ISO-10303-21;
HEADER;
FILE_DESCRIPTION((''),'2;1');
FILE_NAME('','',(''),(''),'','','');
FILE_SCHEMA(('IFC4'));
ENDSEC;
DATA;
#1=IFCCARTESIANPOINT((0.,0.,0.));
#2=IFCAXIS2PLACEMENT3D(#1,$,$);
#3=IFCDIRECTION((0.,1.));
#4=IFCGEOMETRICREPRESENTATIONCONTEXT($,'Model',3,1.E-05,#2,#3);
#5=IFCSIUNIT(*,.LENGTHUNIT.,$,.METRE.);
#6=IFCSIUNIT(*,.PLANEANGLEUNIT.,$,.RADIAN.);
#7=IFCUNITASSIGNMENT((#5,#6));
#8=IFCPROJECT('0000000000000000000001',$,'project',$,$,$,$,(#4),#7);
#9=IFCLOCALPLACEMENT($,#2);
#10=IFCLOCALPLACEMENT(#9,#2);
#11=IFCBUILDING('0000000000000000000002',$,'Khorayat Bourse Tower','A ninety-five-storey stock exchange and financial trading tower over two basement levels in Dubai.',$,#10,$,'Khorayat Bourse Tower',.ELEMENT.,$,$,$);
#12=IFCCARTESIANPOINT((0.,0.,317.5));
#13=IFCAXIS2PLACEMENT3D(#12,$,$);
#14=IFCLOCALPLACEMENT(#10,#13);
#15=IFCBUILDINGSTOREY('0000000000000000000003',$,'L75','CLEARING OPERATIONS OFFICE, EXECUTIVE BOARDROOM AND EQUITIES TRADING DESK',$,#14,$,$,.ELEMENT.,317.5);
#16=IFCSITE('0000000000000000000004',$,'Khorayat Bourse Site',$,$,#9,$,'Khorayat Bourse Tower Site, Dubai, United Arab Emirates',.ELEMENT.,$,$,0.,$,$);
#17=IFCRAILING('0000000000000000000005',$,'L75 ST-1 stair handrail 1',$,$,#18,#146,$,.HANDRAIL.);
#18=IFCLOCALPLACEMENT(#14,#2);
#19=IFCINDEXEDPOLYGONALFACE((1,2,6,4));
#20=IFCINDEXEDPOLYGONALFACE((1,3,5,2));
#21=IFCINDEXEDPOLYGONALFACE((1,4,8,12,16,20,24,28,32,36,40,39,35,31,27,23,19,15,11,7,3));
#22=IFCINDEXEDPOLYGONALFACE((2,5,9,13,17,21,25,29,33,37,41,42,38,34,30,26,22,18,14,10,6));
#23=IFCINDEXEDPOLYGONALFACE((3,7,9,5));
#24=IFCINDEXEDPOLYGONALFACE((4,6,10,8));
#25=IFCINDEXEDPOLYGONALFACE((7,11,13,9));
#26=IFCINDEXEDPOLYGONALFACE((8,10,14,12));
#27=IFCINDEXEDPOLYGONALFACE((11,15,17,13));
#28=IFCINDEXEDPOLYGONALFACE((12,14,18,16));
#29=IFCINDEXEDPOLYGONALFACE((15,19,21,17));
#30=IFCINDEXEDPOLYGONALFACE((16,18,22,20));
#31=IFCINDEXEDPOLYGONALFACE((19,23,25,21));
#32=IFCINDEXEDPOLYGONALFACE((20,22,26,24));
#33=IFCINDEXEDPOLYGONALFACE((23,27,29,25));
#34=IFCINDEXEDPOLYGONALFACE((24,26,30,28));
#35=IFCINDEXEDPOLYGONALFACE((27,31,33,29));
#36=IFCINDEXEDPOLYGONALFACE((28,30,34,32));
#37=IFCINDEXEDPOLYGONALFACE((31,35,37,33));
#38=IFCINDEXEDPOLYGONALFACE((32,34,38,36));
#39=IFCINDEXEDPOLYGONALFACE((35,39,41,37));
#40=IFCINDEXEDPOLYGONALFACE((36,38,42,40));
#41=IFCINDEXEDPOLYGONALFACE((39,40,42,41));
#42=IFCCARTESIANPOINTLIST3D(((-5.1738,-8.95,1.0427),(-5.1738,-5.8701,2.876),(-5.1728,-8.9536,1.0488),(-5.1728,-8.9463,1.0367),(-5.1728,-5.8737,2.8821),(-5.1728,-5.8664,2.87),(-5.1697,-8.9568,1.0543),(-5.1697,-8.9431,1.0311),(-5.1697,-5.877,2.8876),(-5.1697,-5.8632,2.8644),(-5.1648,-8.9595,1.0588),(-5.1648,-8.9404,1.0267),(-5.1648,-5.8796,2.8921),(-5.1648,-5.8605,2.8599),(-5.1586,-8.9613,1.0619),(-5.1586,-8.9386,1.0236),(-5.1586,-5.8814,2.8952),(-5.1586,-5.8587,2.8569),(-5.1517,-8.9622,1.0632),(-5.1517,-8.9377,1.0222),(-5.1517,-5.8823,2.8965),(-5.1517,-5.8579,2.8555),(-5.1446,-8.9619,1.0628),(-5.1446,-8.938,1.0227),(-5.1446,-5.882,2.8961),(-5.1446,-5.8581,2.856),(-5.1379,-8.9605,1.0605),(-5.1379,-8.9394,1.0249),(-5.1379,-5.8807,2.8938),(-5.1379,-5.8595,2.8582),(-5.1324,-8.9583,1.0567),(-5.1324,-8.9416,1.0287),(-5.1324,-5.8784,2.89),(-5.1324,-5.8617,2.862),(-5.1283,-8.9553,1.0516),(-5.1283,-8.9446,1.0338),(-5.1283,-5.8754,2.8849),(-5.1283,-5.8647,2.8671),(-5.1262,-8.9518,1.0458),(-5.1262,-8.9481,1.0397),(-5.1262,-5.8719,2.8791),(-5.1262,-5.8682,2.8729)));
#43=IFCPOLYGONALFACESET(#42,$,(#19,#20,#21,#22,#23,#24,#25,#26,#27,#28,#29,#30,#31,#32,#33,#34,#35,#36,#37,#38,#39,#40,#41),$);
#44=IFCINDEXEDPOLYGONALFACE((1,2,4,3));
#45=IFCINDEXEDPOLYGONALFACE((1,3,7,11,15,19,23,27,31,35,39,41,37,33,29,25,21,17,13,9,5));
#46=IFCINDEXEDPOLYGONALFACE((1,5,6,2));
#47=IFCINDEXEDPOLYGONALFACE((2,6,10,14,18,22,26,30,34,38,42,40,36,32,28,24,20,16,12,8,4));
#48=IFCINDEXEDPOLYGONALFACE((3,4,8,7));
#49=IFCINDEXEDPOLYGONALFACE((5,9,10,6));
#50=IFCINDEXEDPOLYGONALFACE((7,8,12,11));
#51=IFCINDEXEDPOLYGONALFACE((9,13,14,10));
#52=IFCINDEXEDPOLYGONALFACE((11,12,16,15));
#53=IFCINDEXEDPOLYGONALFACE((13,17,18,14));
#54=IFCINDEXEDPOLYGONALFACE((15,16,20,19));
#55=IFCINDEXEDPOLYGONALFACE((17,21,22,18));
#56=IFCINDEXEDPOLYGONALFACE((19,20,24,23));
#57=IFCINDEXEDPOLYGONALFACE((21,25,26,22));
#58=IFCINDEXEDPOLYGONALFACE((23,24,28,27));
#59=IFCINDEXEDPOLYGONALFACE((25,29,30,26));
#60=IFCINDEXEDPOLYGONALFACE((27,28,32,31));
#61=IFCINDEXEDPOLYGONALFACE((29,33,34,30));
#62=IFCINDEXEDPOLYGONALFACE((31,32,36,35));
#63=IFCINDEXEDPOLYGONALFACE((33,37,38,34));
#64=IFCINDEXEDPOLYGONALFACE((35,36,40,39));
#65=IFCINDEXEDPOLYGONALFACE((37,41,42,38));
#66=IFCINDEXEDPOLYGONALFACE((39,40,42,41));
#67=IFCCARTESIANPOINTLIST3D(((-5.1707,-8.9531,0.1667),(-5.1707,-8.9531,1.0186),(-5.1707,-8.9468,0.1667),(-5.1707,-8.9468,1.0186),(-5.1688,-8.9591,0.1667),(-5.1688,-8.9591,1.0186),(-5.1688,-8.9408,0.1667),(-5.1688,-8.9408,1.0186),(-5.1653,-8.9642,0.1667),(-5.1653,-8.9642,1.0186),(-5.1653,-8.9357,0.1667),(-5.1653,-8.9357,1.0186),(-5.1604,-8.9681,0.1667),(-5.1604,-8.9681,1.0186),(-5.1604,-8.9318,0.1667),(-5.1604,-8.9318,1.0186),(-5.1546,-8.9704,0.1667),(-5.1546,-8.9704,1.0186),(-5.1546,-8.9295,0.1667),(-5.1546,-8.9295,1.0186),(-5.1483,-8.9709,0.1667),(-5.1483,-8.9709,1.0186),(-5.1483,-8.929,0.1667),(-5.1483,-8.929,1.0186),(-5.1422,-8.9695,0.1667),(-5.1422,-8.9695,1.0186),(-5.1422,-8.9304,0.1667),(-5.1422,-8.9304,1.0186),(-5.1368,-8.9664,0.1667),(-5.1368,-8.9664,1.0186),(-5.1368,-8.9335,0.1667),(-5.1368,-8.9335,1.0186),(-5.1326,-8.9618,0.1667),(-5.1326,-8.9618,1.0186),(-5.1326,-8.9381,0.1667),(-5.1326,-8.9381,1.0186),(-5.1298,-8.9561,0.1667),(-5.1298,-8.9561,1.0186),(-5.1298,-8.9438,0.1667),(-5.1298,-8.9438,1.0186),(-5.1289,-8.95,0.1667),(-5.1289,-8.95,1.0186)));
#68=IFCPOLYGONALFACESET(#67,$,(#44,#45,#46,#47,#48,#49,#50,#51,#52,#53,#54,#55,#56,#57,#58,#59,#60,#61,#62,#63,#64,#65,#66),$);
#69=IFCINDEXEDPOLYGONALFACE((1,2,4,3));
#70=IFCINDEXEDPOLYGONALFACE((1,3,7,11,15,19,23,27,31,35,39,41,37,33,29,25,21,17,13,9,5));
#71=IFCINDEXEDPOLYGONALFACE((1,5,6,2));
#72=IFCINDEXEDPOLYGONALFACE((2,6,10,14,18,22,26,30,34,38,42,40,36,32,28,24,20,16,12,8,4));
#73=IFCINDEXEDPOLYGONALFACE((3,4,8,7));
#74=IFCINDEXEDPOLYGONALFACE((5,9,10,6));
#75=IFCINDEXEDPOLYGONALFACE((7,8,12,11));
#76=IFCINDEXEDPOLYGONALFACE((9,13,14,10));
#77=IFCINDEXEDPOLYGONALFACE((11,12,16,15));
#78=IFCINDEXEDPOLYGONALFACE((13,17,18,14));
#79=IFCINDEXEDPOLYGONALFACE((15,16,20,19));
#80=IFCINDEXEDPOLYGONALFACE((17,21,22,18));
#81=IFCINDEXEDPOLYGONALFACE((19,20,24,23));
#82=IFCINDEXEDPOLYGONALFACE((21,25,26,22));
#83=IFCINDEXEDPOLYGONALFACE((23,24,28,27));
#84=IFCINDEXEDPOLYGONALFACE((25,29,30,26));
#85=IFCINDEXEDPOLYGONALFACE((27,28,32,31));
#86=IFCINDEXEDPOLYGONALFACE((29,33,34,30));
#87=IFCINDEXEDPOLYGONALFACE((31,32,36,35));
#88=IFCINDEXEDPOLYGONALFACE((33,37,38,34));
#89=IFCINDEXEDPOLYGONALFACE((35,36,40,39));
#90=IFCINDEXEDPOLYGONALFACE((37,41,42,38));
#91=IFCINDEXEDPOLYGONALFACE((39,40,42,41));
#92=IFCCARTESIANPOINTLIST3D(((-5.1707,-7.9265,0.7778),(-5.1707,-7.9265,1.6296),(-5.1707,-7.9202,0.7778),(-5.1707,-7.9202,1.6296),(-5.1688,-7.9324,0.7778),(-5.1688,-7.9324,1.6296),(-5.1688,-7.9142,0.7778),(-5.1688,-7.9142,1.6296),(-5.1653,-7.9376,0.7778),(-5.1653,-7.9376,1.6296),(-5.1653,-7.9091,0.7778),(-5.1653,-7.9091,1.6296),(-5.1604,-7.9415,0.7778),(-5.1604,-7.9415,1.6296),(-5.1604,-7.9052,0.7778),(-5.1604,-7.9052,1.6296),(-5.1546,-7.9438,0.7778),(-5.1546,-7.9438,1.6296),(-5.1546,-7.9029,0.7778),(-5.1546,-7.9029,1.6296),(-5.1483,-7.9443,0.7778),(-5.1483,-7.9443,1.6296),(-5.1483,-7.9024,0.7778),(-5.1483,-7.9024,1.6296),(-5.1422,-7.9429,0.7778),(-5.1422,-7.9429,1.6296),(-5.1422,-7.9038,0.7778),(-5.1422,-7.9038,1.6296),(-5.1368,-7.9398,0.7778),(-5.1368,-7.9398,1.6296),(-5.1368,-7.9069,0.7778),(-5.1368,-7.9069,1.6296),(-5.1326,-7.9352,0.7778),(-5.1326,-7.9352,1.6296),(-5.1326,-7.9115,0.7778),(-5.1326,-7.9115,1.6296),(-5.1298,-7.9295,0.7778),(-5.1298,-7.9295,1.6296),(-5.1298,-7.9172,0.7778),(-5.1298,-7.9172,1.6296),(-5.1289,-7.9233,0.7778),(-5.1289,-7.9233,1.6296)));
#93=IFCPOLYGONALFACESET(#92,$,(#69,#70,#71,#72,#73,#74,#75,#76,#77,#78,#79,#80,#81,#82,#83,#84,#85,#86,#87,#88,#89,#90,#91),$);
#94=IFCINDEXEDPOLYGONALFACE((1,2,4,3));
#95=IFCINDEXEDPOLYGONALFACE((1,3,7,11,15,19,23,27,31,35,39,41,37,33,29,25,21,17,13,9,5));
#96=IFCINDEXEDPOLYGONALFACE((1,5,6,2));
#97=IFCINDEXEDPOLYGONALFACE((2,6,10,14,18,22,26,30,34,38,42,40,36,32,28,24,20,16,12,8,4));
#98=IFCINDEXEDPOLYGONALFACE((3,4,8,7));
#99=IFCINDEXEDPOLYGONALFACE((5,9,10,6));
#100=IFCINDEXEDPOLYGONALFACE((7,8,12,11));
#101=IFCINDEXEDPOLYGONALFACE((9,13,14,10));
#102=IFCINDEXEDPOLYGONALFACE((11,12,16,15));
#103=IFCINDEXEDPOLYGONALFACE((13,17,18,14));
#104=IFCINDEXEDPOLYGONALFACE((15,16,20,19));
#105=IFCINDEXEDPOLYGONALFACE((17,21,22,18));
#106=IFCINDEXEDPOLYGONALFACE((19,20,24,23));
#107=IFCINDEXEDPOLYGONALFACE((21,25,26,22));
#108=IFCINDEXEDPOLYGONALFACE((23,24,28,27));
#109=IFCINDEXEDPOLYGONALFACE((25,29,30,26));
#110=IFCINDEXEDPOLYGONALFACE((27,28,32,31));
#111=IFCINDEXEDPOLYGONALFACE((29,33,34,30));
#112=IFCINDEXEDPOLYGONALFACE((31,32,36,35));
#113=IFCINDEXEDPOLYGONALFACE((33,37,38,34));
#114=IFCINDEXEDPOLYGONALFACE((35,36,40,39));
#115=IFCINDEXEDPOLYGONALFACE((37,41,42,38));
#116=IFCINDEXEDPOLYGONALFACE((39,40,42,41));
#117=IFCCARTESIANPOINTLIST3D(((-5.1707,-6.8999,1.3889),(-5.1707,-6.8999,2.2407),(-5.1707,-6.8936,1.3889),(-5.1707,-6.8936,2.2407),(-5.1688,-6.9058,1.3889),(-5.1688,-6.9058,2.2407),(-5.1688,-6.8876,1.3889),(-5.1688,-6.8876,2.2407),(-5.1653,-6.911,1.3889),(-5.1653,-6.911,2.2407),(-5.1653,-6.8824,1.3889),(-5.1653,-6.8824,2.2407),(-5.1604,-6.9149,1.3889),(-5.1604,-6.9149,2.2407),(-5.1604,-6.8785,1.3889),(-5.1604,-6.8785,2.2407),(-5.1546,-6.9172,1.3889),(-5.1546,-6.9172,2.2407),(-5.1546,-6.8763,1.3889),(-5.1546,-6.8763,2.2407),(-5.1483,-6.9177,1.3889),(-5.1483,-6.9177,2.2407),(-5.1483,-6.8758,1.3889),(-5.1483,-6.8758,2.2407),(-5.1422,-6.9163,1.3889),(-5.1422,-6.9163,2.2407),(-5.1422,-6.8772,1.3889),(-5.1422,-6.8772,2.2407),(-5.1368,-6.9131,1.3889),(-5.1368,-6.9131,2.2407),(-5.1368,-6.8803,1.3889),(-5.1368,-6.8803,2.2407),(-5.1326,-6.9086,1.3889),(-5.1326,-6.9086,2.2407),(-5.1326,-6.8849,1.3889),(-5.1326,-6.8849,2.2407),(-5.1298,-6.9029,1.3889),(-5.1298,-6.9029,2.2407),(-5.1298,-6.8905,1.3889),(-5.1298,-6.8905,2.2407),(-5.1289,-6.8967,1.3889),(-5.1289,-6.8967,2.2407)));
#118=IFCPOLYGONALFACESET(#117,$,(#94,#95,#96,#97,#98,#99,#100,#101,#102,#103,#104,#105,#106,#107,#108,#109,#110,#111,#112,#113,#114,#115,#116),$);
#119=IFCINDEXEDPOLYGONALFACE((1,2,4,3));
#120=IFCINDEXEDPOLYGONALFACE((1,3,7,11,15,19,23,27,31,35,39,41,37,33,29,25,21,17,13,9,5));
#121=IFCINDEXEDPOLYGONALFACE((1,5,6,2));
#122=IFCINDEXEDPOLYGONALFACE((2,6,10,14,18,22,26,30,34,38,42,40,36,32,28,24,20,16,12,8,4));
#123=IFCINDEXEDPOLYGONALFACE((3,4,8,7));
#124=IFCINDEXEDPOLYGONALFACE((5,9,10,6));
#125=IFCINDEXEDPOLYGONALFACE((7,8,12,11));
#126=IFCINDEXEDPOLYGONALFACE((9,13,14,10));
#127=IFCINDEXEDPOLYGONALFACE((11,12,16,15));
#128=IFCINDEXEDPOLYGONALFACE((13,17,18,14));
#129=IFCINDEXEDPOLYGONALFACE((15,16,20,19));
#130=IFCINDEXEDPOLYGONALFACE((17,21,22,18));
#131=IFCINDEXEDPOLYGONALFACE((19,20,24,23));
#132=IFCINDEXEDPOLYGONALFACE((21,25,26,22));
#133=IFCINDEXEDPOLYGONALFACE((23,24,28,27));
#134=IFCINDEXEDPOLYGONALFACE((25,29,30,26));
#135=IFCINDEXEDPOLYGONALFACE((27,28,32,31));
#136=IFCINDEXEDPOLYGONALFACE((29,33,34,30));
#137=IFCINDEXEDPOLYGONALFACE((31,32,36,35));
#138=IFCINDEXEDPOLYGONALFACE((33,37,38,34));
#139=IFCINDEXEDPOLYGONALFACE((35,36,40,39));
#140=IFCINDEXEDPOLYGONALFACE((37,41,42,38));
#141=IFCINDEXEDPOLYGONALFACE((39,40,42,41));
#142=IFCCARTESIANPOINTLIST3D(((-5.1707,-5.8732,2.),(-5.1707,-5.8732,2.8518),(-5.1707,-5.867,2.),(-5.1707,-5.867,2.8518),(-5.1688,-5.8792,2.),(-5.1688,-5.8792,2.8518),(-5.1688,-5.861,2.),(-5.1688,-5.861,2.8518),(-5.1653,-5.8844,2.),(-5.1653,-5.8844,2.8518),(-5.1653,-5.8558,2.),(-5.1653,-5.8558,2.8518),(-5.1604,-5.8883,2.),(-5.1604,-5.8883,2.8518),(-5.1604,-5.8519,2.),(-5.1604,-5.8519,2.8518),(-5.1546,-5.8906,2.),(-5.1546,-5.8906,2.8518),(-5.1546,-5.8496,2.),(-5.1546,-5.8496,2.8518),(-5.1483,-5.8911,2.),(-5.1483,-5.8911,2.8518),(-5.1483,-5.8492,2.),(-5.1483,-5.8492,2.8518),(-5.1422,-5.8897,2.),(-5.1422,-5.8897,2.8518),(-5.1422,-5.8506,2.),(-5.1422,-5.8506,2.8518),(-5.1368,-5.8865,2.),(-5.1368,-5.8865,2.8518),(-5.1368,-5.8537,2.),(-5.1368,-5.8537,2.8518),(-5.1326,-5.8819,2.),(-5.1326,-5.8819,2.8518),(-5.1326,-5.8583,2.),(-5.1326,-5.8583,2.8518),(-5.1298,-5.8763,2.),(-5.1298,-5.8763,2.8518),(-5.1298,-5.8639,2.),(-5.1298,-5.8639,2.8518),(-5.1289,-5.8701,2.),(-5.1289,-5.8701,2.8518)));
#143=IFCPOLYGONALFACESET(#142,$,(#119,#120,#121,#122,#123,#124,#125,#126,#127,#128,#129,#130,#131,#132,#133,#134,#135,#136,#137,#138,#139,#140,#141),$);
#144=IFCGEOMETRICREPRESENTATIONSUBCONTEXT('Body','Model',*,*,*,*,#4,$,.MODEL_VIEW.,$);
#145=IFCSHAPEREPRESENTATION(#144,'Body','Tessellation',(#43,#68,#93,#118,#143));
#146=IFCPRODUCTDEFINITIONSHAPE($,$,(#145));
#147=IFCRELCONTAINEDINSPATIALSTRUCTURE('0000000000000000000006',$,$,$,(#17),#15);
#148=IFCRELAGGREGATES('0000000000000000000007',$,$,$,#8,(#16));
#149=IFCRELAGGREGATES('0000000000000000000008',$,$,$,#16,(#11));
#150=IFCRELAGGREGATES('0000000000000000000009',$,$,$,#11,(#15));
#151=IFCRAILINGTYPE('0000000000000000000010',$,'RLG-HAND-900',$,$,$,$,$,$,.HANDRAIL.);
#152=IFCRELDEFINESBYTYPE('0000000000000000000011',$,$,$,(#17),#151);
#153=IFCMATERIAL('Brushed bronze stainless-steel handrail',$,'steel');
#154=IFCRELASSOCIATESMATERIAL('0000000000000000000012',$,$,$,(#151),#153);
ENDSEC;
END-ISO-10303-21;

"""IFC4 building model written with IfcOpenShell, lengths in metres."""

from ifc_helpers import new_model, si_unit, direction, frame, origin, origin_2d, place, context, subcontext, project, spatial, circle, extrude, source, transform, mapped, material, type_object, element, save


model = new_model("IFC4")

# Units and contexts
model_context = context("Model", 3, precision=1e-05, world=origin(), true_north=direction((0.0, 1.0)))
body_context = subcontext(model_context, "Body", "Model", "MODEL_VIEW")
ifc_project = project(units=[si_unit("LENGTHUNIT", "METRE"), si_unit("PLANEANGLEUNIT", "RADIAN")], contexts=[model_context])

# Site, building, storey
site_placement = place(None, origin())
site = spatial("IfcSite", under=ifc_project, at=site_placement, Name="Khorayat Bourse Site", LongName="Khorayat Bourse Tower Site, Dubai, United Arab Emirates", CompositionType="ELEMENT", RefElevation=0.0)
building_placement = place(site_placement, origin())
building = spatial("IfcBuilding", under=site, at=building_placement, Name="Khorayat Bourse Tower", Description="A ninety-five-storey stock exchange and financial trading tower over two basement levels in Dubai.", LongName="Khorayat Bourse Tower", CompositionType="ELEMENT")
storey_placement = place(building_placement, frame((0.0, 0.0, 317.5)))
storey = spatial("IfcBuildingStorey", under=building, at=storey_placement, Name="L75", Description="CLEARING OPERATIONS OFFICE, EXECUTIVE BOARDROOM AND EQUITIES TRADING DESK", CompositionType="ELEMENT", Elevation=317.5)

# Railing
ifc_material_1 = material(Name="Brushed bronze stainless-steel handrail", Category="steel")
railing_type_1 = type_object("IfcRailingType", Name="RLG-HAND-900", PredefinedType="HANDRAIL", material=ifc_material_1)
shared_shape_1 = source(origin(), body_context, "Body", "SweptSolid", [
    extrude(circle(Radius=0.0239, at=origin_2d()), frame((0.0, 0.0, 0.876), z_axis=(0.0, 0.859291, 0.511487), x_axis=(-1.0, 0.0, 0.0)), (0.0, 0.0, 1.0), 3.5842),
    extrude(circle(Radius=0.021, at=origin_2d()), origin(), (0.0, 0.0, 1.0), 0.8518),
    extrude(circle(Radius=0.021, at=origin_2d()), frame((0.0, 1.0266, 0.6111)), (0.0, 0.0, 1.0), 0.8518),
    extrude(circle(Radius=0.021, at=origin_2d()), frame((0.0, 2.0532, 1.2222)), (0.0, 0.0, 1.0), 0.8518),
    extrude(circle(Radius=0.021, at=origin_2d()), frame((0.0, 3.0798, 1.8333)), (0.0, 0.0, 1.0), 0.8518),
])
railing_1_placement = place(storey_placement, frame((-5.1499, -8.95, 0.1667)))
element("IfcRailing", 1, at=railing_1_placement, inside=storey, type_object=railing_type_1, Name="L75 ST-1 stair handrail 1", PredefinedType="HANDRAIL", context=body_context, shape_type="MappedRepresentation", body=[
    mapped(shared_shape_1, transform((0.0, 0.0, 0.0), scale=1.0)),
])

save(model, "model.ifc")
